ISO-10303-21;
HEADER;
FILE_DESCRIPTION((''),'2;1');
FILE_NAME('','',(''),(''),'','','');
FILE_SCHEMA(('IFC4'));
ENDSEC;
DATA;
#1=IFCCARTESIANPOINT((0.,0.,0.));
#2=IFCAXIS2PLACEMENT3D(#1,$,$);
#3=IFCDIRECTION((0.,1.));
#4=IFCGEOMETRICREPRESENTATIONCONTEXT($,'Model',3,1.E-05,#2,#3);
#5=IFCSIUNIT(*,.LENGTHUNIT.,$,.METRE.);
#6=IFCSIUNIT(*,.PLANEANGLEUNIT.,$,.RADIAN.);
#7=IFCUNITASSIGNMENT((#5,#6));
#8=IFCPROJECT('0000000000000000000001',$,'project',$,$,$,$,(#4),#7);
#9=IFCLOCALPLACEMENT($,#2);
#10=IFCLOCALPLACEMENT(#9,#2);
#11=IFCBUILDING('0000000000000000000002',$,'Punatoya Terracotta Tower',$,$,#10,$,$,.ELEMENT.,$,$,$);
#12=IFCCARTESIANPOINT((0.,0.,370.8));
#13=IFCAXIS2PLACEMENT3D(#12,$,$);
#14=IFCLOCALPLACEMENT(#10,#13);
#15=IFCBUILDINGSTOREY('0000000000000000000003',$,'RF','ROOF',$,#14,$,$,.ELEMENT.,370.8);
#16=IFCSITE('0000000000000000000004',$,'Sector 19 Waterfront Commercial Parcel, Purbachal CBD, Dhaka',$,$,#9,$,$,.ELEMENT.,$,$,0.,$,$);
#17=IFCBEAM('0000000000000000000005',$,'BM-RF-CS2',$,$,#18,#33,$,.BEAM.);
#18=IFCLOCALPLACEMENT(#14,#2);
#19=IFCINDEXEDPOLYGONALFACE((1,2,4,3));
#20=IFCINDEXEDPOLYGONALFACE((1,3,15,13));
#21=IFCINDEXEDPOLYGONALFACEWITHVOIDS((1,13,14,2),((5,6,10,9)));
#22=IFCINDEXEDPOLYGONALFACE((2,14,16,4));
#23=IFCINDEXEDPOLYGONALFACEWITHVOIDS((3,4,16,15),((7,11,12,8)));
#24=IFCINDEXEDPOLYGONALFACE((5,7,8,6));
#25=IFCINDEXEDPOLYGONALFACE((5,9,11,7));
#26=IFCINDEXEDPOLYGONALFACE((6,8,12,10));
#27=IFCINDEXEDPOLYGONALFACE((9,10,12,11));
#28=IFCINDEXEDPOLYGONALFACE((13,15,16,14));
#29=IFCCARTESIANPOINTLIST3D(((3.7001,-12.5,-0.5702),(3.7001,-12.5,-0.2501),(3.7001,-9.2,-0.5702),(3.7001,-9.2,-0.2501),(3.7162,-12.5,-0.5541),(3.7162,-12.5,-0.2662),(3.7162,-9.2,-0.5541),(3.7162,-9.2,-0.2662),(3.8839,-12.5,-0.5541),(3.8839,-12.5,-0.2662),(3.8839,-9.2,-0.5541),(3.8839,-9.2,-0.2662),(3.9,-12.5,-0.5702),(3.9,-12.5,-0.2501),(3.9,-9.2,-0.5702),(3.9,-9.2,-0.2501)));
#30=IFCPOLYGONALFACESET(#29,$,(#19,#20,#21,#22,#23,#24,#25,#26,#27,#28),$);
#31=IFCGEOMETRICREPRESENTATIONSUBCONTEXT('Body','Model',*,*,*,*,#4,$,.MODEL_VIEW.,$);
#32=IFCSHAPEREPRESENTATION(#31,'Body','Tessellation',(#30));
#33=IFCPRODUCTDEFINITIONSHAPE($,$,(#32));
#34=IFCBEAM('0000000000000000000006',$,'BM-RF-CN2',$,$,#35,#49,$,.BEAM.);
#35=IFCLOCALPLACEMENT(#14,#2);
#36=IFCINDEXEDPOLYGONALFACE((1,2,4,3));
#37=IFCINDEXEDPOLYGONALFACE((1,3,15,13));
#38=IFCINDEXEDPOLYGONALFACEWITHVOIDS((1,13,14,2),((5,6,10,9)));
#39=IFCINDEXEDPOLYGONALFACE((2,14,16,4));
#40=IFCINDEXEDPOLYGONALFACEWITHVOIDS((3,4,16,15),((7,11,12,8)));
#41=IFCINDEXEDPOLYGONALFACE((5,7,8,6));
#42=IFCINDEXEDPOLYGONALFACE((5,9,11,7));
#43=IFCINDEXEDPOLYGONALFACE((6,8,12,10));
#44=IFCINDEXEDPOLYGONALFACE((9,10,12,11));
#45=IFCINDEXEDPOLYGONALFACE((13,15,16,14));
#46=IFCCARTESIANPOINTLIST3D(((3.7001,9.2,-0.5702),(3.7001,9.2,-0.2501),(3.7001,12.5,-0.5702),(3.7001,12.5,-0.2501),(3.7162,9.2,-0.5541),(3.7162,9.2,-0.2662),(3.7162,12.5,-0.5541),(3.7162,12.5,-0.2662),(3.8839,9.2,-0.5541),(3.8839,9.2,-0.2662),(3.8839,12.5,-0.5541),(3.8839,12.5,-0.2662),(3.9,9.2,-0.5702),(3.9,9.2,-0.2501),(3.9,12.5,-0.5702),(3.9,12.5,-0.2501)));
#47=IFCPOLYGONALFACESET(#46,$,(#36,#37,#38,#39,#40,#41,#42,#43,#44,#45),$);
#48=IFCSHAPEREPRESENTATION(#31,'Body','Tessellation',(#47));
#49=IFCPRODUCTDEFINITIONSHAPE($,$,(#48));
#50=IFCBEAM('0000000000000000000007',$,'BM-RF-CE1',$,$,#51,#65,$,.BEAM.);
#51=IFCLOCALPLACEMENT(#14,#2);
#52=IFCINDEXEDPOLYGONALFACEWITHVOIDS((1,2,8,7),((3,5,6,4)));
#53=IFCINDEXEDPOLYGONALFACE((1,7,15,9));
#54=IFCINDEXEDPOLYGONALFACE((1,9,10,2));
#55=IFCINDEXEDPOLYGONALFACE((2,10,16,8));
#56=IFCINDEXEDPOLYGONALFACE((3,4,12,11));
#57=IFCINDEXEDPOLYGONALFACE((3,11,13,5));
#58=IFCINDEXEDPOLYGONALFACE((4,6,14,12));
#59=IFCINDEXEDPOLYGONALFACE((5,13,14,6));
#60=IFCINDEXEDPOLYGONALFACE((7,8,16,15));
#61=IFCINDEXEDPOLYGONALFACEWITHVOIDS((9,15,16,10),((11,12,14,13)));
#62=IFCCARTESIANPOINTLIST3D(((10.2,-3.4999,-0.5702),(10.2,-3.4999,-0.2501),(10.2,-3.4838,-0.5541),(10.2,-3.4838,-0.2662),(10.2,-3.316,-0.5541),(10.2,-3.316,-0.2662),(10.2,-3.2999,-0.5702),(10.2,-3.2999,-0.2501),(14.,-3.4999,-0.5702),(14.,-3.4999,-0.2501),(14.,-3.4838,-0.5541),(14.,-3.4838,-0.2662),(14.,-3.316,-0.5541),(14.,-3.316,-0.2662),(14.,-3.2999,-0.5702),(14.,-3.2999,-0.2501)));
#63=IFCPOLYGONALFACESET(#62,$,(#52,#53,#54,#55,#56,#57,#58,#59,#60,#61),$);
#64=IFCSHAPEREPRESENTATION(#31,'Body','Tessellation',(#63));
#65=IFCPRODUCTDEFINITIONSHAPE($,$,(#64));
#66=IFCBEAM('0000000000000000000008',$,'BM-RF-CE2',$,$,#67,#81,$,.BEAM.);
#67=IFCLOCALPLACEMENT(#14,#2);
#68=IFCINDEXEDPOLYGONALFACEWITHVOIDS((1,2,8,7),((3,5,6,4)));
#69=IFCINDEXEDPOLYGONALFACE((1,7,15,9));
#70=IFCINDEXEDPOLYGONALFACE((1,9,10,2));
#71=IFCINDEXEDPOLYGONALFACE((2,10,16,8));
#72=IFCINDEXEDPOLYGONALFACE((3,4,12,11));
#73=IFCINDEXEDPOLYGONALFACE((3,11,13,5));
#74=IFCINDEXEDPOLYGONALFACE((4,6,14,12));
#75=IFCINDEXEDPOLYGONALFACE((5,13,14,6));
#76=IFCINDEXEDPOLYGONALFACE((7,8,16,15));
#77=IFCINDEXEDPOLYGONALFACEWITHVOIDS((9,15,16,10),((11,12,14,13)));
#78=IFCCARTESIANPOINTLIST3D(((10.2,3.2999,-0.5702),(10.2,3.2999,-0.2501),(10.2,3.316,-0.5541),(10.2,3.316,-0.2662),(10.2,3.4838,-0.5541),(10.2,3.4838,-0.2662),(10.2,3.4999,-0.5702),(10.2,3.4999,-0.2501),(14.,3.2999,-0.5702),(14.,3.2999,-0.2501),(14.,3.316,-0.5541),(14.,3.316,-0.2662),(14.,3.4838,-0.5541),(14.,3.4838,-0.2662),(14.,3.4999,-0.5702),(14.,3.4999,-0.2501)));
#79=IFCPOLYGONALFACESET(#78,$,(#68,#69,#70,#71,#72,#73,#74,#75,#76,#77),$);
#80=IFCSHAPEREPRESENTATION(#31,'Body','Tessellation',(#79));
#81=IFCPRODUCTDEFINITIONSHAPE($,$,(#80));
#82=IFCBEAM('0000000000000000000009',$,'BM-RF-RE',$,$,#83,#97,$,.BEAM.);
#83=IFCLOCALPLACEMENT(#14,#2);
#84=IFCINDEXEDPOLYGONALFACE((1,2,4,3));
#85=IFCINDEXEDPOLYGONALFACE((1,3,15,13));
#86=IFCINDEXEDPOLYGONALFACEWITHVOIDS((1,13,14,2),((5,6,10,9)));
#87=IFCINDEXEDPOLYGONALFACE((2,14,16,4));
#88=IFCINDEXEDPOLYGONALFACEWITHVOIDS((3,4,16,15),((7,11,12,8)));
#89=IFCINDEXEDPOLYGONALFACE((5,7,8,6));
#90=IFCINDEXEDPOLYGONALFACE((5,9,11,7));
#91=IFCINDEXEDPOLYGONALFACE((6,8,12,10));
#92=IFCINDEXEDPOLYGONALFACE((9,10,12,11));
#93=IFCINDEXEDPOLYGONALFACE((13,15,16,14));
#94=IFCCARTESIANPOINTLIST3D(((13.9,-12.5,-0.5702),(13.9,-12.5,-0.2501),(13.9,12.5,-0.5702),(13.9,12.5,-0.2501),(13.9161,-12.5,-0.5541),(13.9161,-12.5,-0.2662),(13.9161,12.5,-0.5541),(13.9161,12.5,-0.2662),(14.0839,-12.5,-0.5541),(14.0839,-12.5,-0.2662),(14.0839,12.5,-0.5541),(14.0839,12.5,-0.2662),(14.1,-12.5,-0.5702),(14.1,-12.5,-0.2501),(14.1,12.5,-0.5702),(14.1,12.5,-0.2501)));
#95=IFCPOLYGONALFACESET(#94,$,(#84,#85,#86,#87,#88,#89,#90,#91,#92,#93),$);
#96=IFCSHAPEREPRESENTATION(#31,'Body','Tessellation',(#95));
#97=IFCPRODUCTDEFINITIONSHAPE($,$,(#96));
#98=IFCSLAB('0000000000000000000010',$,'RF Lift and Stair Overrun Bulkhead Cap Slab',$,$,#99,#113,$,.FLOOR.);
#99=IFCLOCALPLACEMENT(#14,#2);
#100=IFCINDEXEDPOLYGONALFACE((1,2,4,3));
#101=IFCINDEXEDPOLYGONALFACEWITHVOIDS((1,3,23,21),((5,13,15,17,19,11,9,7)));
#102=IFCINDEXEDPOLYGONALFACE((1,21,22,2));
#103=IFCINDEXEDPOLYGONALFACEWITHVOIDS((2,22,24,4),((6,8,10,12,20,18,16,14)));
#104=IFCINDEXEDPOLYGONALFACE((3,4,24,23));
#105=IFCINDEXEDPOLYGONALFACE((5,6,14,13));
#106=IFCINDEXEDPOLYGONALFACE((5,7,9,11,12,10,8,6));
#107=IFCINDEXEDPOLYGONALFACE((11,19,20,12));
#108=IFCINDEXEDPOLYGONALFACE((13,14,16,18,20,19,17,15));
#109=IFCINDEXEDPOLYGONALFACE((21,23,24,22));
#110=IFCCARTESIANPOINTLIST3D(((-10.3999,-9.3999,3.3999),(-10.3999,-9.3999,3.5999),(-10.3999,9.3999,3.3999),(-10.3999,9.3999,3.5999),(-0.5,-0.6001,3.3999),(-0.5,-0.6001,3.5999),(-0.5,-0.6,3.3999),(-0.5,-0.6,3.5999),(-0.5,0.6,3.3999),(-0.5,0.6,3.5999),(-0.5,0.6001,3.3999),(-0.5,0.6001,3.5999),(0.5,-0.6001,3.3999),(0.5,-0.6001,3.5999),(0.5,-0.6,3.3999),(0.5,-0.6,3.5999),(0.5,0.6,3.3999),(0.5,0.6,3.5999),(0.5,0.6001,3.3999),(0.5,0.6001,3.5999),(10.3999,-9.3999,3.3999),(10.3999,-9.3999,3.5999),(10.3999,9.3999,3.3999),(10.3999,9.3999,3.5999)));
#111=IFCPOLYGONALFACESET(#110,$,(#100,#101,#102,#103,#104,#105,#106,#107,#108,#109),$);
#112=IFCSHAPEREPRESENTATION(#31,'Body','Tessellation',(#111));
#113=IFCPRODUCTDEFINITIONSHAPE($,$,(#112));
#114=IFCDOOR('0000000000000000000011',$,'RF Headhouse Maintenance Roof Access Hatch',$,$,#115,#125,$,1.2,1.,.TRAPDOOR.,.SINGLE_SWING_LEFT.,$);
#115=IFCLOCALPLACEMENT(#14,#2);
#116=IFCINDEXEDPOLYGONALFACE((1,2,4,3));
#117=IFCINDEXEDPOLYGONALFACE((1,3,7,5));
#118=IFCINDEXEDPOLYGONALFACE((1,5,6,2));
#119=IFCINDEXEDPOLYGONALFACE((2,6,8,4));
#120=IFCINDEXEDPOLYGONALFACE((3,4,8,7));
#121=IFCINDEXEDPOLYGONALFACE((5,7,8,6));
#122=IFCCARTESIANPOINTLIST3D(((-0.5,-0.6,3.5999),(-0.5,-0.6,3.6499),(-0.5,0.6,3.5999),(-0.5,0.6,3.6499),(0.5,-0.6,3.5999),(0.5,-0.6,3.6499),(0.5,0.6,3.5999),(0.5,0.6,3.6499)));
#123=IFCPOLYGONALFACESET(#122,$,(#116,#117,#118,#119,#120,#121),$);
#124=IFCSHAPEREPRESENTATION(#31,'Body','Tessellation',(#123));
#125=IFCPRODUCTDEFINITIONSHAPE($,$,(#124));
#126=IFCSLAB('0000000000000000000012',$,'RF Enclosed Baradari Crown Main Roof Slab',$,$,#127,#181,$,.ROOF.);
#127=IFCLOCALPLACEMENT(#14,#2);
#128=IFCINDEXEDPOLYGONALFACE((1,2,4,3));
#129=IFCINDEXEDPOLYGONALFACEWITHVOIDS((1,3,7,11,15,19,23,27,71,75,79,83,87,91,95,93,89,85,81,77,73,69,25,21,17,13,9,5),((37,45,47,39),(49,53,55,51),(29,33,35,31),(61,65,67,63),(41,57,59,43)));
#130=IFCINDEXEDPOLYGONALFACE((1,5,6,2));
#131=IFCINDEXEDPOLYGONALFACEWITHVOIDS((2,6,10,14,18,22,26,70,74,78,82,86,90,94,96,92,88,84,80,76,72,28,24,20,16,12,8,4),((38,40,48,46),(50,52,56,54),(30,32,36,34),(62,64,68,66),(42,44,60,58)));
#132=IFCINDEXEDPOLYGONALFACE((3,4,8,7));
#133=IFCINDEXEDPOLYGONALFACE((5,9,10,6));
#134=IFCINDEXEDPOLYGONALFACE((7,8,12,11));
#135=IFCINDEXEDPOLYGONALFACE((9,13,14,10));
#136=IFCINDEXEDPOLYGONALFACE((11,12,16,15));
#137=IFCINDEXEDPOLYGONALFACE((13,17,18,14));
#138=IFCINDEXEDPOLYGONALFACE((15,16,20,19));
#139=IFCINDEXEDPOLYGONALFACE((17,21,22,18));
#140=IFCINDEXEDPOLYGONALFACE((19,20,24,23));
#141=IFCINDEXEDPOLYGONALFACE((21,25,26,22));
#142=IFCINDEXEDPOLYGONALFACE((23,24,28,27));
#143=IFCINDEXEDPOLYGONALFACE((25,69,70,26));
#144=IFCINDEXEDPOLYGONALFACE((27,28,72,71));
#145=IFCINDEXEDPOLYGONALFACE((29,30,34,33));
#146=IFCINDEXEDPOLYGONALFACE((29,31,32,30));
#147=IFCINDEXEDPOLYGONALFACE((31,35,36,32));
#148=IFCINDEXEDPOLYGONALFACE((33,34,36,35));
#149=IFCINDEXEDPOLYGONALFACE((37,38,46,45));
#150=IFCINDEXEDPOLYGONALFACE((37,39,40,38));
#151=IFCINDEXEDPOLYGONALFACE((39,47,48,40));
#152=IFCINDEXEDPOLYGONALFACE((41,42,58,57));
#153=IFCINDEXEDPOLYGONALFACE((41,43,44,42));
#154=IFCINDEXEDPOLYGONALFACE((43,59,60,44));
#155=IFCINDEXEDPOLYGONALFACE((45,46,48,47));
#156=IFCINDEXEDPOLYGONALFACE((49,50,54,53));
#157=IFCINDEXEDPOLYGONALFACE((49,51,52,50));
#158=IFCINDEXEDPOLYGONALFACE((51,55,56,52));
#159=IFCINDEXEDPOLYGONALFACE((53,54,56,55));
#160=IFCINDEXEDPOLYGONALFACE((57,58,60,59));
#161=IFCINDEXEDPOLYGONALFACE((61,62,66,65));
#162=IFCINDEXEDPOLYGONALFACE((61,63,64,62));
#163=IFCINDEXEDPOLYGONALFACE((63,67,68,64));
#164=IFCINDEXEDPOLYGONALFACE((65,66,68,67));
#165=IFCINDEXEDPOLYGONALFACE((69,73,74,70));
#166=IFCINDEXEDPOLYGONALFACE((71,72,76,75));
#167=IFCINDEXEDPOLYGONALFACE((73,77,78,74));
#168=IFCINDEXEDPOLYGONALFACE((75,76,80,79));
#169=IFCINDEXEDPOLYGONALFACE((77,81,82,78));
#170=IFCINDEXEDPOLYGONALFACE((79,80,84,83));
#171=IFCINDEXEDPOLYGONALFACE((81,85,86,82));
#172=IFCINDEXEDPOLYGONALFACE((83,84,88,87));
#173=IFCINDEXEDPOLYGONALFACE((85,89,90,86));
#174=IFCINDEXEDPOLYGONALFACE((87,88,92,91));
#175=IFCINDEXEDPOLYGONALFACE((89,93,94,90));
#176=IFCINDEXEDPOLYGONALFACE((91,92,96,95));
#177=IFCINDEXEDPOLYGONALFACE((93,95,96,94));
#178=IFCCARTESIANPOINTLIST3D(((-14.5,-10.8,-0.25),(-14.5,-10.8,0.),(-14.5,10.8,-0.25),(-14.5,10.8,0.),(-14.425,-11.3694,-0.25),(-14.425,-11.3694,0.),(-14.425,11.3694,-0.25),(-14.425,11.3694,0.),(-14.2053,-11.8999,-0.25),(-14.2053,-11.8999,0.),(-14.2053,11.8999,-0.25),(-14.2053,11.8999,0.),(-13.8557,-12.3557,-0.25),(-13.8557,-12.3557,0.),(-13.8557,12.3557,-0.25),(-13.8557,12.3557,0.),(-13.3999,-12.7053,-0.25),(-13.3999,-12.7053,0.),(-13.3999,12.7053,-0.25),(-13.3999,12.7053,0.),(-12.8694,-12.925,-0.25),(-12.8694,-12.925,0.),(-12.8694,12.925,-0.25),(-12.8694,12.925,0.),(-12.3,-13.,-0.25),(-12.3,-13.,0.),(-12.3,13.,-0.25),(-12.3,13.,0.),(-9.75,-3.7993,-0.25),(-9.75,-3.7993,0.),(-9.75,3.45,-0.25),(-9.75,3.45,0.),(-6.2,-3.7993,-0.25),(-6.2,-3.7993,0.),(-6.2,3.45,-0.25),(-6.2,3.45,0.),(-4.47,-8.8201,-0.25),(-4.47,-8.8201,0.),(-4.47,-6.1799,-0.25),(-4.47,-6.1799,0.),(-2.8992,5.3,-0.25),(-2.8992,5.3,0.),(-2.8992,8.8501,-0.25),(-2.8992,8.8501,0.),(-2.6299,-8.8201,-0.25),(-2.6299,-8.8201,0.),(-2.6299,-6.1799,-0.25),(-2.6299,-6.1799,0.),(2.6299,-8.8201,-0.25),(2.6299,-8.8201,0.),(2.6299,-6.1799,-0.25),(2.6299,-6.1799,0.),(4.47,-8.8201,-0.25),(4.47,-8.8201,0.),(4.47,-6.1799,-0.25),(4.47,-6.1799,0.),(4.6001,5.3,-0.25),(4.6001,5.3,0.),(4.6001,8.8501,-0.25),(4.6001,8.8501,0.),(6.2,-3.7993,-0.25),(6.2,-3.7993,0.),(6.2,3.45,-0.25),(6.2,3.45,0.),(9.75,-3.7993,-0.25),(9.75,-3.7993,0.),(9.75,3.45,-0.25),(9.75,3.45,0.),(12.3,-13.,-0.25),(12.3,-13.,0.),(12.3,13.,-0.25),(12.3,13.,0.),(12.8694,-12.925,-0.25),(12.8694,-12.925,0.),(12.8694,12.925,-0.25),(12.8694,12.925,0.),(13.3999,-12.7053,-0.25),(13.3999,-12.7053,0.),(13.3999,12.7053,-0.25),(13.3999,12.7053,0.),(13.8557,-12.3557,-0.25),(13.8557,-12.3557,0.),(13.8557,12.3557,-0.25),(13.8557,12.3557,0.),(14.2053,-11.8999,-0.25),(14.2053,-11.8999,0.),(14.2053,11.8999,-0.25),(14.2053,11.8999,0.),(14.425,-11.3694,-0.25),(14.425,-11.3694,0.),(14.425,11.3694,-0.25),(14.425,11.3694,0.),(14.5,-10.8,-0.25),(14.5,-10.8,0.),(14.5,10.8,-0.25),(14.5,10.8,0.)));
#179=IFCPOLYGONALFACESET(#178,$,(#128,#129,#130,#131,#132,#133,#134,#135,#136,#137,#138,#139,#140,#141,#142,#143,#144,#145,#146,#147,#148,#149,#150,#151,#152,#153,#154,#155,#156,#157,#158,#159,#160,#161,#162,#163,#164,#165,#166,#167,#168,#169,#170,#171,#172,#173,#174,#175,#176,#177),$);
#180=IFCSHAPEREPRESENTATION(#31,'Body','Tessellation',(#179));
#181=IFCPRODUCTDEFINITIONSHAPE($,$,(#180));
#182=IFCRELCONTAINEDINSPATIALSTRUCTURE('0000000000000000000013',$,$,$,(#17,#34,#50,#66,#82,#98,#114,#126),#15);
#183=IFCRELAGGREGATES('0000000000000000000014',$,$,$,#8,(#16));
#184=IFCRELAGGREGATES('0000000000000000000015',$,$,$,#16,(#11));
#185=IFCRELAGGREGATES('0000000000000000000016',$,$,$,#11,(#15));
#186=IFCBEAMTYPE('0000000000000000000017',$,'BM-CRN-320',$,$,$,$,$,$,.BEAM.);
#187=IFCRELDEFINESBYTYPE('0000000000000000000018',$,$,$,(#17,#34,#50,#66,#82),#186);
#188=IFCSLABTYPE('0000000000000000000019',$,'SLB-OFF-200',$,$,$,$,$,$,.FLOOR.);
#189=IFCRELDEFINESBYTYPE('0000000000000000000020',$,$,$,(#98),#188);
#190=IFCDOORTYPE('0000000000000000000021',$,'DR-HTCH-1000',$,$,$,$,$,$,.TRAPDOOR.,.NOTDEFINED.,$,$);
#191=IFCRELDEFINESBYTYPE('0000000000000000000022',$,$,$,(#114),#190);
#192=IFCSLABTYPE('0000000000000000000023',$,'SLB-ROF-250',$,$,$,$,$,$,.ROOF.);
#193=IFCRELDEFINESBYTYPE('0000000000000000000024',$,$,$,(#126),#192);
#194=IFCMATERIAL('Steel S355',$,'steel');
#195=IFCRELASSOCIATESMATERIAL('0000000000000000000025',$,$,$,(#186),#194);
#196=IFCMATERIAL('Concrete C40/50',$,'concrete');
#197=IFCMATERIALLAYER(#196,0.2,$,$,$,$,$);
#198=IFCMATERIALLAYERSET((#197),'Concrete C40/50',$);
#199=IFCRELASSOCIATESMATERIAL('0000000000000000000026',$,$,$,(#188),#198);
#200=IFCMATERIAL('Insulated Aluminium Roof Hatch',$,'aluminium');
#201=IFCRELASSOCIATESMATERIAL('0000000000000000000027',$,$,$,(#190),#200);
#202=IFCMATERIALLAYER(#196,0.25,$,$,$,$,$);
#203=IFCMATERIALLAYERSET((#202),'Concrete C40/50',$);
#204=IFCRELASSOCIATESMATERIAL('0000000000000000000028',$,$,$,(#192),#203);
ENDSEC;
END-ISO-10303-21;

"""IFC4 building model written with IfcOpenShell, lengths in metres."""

from ifc_helpers import new_model, si_unit, direction, frame, origin, origin_2d, place, context, subcontext, project, spatial, polyline, rectangle, hollow_rectangle, outline, extrude, material, layer, layer_set, material_profile, profile_set, type_object, element, fill, save


model = new_model("IFC4")

# Units and contexts
model_context = context("Model", 3, precision=1e-05, world=origin(), true_north=direction((0.0, 1.0)))
body_context = subcontext(model_context, "Body", "Model", "MODEL_VIEW")
ifc_project = project(units=[si_unit("LENGTHUNIT", "METRE"), si_unit("PLANEANGLEUNIT", "RADIAN")], contexts=[model_context])

# Site, building, storey
site_placement = place(None, origin())
site = spatial("IfcSite", under=ifc_project, at=site_placement, Name="Sector 19 Waterfront Commercial Parcel, Purbachal CBD, Dhaka", CompositionType="ELEMENT", RefElevation=0.0)
building_placement = place(site_placement, origin())
building = spatial("IfcBuilding", under=site, at=building_placement, Name="Punatoya Terracotta Tower", CompositionType="ELEMENT")
storey_placement = place(building_placement, frame((0.0, 0.0, 370.8)))
storey = spatial("IfcBuildingStorey", under=building, at=storey_placement, Name="RF", Description="ROOF", CompositionType="ELEMENT", Elevation=370.8)

# Beams
ifc_material_1 = material(Name="Steel S355", Category="steel")
ifc_material_profile = material_profile(ifc_material_1, hollow_rectangle(XDim=0.2, YDim=0.3201, WallThickness=0.0161, at=origin_2d()))
ifc_profile_set = profile_set([ifc_material_profile], Name="Steel S355")
beam_type = type_object("IfcBeamType", Name="BM-CRN-320", PredefinedType="BEAM", material=ifc_profile_set)
for number, where, z_axis, x_axis, name in (
    (1, (3.8, -12.5, -0.4102), (0.0, 1.0, 0.0), (-1.0, 0.0, 0.0), "BM-RF-CS2"),
    (2, (3.8, 9.2, -0.4102), (0.0, 1.0, 0.0), (-1.0, 0.0, 0.0), "BM-RF-CN2"),
):
    element("IfcBeam", number, at=place(storey_placement, frame(where, z_axis=z_axis, x_axis=x_axis)), inside=storey, type_object=beam_type, Name=name, PredefinedType="BEAM", context=body_context, shape_type="SweptSolid", body=[
        extrude(hollow_rectangle(XDim=0.2, YDim=0.3201, WallThickness=0.0161, at=origin_2d()), origin(), (0.0, 0.0, 1.0), 3.3),
    ])
for number, where, z_axis, x_axis, name in (
    (3, (10.2, -3.3999, -0.4102), (1.0, 0.0, 0.0), (0.0, 1.0, 0.0), "BM-RF-CE1"),
    (4, (10.2, 3.3999, -0.4102), (1.0, 0.0, 0.0), (0.0, 1.0, 0.0), "BM-RF-CE2"),
):
    element("IfcBeam", number, at=place(storey_placement, frame(where, z_axis=z_axis, x_axis=x_axis)), inside=storey, type_object=beam_type, Name=name, PredefinedType="BEAM", context=body_context, shape_type="SweptSolid", body=[
        extrude(hollow_rectangle(XDim=0.2, YDim=0.3201, WallThickness=0.0161, at=origin_2d()), origin(), (0.0, 0.0, 1.0), 3.8),
    ])
beam_placement = place(storey_placement, frame((14.0, -12.5, -0.4102), z_axis=(0.0, 1.0, 0.0), x_axis=(-1.0, 0.0, 0.0)))
element("IfcBeam", 5, at=beam_placement, inside=storey, type_object=beam_type, Name="BM-RF-RE", PredefinedType="BEAM", context=body_context, shape_type="SweptSolid", body=[
    extrude(hollow_rectangle(XDim=0.2, YDim=0.3201, WallThickness=0.0161, at=origin_2d()), origin(), (0.0, 0.0, 1.0), 25.0),
])

# Slab, opening, door
ifc_material_2 = material(Name="Concrete C40/50", Category="concrete")
ifc_layer_1 = layer(ifc_material_2, 0.2)
ifc_layer_set_1 = layer_set([ifc_layer_1], Name="Concrete C40/50")
slab_type_1 = type_object("IfcSlabType", Name="SLB-OFF-200", PredefinedType="FLOOR", material=ifc_layer_set_1)
slab_1_placement = place(storey_placement, frame((0.0, 0.0, 3.3999)))
slab_1 = element("IfcSlab", 6, at=slab_1_placement, inside=storey, type_object=slab_type_1, Name="RF Lift and Stair Overrun Bulkhead Cap Slab", PredefinedType="FLOOR", context=body_context, shape_type="SweptSolid", body=[
    extrude(outline(polyline([(-10.3999, 9.3999), (-10.3999, -9.3999), (10.3999, -9.3999), (10.3999, 9.3999), (-10.3999, 9.3999)]), holes=[polyline([(0.5, 0.6001), (0.5, -0.6001), (-0.5, -0.6001), (-0.5, 0.6001), (0.5, 0.6001)])]), origin(), (0.0, 0.0, 1.0), 0.2),
])
opening_1_placement = place(slab_1_placement, origin())
opening_1 = element("IfcOpeningElement", 7, at=opening_1_placement, cuts=slab_1, PredefinedType="OPENING", context=body_context, shape_type="SweptSolid", body=[
    extrude(rectangle(XDim=1.0, YDim=1.2, at=origin_2d()), frame((0.0, 0.0, -0.01)), (0.0, 0.0, 1.0), 0.27),
])
ifc_material_3 = material(Name="Insulated Aluminium Roof Hatch", Category="aluminium")
door_type_1 = type_object("IfcDoorType", Name="DR-HTCH-1000", OperationType="NOTDEFINED", PredefinedType="TRAPDOOR", material=ifc_material_3)
door_1_placement = place(opening_1_placement, frame((0.0, 0.0, 0.2)))
door_1 = element("IfcDoor", 8, at=door_1_placement, inside=storey, type_object=door_type_1, Name="RF Headhouse Maintenance Roof Access Hatch", OperationType="SINGLE_SWING_LEFT", OverallHeight=1.2, OverallWidth=1.0, PredefinedType="TRAPDOOR", context=body_context, shape_type="SweptSolid", body=[
    extrude(rectangle(XDim=1.0, YDim=1.2, at=origin_2d()), origin(), (0.0, 0.0, 1.0), 0.05),
])
fill(opening_1, door_1)

# Slab
ifc_layer_2 = layer(ifc_material_2, 0.25)
ifc_layer_set_2 = layer_set([ifc_layer_2], Name="Concrete C40/50")
slab_type_2 = type_object("IfcSlabType", Name="SLB-ROF-250", PredefinedType="ROOF", material=ifc_layer_set_2)
slab_2_placement = place(storey_placement, frame((0.0, 0.0, -0.25)))
element("IfcSlab", 9, at=slab_2_placement, inside=storey, type_object=slab_type_2, Name="RF Enclosed Baradari Crown Main Roof Slab", PredefinedType="ROOF", context=body_context, shape_type="SweptSolid", body=[
    extrude(outline(polyline([(-12.3, -13.0), (-12.8694, -12.925), (-13.3999, -12.7053), (-13.8557, -12.3557), (-14.2053, -11.8999), (-14.425, -11.3694), (-14.5, -10.8), (-14.5, 10.8), (-14.425, 11.3694), (-14.2053, 11.8999), (-13.8557, 12.3557), (-13.3999, 12.7053), (-12.8694, 12.925), (-12.3, 13.0), (12.3, 13.0), (12.8694, 12.925), (13.3999, 12.7053), (13.8557, 12.3557), (14.2053, 11.8999), (14.425, 11.3694), (14.5, 10.8), (14.5, -10.8), (14.425, -11.3694), (14.2053, -11.8999), (13.8557, -12.3557), (13.3999, -12.7053), (12.8694, -12.925), (12.3, -13.0), (-12.3, -13.0)]), holes=[polyline([(-4.47, -6.1799), (-4.47, -8.8201), (-2.6299, -8.8201), (-2.6299, -6.1799), (-4.47, -6.1799)]), polyline([(2.6299, -6.1799), (2.6299, -8.8201), (4.47, -8.8201), (4.47, -6.1799), (2.6299, -6.1799)]), polyline([(-9.75, -3.7993), (-6.2, -3.7993), (-6.2, 3.45), (-9.75, 3.45), (-9.75, -3.7993)]), polyline([(6.2, 3.45), (6.2, -3.7993), (9.75, -3.7993), (9.75, 3.45), (6.2, 3.45)]), polyline([(4.6001, 8.8501), (-2.8992, 8.8501), (-2.8992, 5.3), (4.6001, 5.3), (4.6001, 8.8501)])]), origin(), (0.0, 0.0, 1.0), 0.25),
])

save(model, "model.ifc")
